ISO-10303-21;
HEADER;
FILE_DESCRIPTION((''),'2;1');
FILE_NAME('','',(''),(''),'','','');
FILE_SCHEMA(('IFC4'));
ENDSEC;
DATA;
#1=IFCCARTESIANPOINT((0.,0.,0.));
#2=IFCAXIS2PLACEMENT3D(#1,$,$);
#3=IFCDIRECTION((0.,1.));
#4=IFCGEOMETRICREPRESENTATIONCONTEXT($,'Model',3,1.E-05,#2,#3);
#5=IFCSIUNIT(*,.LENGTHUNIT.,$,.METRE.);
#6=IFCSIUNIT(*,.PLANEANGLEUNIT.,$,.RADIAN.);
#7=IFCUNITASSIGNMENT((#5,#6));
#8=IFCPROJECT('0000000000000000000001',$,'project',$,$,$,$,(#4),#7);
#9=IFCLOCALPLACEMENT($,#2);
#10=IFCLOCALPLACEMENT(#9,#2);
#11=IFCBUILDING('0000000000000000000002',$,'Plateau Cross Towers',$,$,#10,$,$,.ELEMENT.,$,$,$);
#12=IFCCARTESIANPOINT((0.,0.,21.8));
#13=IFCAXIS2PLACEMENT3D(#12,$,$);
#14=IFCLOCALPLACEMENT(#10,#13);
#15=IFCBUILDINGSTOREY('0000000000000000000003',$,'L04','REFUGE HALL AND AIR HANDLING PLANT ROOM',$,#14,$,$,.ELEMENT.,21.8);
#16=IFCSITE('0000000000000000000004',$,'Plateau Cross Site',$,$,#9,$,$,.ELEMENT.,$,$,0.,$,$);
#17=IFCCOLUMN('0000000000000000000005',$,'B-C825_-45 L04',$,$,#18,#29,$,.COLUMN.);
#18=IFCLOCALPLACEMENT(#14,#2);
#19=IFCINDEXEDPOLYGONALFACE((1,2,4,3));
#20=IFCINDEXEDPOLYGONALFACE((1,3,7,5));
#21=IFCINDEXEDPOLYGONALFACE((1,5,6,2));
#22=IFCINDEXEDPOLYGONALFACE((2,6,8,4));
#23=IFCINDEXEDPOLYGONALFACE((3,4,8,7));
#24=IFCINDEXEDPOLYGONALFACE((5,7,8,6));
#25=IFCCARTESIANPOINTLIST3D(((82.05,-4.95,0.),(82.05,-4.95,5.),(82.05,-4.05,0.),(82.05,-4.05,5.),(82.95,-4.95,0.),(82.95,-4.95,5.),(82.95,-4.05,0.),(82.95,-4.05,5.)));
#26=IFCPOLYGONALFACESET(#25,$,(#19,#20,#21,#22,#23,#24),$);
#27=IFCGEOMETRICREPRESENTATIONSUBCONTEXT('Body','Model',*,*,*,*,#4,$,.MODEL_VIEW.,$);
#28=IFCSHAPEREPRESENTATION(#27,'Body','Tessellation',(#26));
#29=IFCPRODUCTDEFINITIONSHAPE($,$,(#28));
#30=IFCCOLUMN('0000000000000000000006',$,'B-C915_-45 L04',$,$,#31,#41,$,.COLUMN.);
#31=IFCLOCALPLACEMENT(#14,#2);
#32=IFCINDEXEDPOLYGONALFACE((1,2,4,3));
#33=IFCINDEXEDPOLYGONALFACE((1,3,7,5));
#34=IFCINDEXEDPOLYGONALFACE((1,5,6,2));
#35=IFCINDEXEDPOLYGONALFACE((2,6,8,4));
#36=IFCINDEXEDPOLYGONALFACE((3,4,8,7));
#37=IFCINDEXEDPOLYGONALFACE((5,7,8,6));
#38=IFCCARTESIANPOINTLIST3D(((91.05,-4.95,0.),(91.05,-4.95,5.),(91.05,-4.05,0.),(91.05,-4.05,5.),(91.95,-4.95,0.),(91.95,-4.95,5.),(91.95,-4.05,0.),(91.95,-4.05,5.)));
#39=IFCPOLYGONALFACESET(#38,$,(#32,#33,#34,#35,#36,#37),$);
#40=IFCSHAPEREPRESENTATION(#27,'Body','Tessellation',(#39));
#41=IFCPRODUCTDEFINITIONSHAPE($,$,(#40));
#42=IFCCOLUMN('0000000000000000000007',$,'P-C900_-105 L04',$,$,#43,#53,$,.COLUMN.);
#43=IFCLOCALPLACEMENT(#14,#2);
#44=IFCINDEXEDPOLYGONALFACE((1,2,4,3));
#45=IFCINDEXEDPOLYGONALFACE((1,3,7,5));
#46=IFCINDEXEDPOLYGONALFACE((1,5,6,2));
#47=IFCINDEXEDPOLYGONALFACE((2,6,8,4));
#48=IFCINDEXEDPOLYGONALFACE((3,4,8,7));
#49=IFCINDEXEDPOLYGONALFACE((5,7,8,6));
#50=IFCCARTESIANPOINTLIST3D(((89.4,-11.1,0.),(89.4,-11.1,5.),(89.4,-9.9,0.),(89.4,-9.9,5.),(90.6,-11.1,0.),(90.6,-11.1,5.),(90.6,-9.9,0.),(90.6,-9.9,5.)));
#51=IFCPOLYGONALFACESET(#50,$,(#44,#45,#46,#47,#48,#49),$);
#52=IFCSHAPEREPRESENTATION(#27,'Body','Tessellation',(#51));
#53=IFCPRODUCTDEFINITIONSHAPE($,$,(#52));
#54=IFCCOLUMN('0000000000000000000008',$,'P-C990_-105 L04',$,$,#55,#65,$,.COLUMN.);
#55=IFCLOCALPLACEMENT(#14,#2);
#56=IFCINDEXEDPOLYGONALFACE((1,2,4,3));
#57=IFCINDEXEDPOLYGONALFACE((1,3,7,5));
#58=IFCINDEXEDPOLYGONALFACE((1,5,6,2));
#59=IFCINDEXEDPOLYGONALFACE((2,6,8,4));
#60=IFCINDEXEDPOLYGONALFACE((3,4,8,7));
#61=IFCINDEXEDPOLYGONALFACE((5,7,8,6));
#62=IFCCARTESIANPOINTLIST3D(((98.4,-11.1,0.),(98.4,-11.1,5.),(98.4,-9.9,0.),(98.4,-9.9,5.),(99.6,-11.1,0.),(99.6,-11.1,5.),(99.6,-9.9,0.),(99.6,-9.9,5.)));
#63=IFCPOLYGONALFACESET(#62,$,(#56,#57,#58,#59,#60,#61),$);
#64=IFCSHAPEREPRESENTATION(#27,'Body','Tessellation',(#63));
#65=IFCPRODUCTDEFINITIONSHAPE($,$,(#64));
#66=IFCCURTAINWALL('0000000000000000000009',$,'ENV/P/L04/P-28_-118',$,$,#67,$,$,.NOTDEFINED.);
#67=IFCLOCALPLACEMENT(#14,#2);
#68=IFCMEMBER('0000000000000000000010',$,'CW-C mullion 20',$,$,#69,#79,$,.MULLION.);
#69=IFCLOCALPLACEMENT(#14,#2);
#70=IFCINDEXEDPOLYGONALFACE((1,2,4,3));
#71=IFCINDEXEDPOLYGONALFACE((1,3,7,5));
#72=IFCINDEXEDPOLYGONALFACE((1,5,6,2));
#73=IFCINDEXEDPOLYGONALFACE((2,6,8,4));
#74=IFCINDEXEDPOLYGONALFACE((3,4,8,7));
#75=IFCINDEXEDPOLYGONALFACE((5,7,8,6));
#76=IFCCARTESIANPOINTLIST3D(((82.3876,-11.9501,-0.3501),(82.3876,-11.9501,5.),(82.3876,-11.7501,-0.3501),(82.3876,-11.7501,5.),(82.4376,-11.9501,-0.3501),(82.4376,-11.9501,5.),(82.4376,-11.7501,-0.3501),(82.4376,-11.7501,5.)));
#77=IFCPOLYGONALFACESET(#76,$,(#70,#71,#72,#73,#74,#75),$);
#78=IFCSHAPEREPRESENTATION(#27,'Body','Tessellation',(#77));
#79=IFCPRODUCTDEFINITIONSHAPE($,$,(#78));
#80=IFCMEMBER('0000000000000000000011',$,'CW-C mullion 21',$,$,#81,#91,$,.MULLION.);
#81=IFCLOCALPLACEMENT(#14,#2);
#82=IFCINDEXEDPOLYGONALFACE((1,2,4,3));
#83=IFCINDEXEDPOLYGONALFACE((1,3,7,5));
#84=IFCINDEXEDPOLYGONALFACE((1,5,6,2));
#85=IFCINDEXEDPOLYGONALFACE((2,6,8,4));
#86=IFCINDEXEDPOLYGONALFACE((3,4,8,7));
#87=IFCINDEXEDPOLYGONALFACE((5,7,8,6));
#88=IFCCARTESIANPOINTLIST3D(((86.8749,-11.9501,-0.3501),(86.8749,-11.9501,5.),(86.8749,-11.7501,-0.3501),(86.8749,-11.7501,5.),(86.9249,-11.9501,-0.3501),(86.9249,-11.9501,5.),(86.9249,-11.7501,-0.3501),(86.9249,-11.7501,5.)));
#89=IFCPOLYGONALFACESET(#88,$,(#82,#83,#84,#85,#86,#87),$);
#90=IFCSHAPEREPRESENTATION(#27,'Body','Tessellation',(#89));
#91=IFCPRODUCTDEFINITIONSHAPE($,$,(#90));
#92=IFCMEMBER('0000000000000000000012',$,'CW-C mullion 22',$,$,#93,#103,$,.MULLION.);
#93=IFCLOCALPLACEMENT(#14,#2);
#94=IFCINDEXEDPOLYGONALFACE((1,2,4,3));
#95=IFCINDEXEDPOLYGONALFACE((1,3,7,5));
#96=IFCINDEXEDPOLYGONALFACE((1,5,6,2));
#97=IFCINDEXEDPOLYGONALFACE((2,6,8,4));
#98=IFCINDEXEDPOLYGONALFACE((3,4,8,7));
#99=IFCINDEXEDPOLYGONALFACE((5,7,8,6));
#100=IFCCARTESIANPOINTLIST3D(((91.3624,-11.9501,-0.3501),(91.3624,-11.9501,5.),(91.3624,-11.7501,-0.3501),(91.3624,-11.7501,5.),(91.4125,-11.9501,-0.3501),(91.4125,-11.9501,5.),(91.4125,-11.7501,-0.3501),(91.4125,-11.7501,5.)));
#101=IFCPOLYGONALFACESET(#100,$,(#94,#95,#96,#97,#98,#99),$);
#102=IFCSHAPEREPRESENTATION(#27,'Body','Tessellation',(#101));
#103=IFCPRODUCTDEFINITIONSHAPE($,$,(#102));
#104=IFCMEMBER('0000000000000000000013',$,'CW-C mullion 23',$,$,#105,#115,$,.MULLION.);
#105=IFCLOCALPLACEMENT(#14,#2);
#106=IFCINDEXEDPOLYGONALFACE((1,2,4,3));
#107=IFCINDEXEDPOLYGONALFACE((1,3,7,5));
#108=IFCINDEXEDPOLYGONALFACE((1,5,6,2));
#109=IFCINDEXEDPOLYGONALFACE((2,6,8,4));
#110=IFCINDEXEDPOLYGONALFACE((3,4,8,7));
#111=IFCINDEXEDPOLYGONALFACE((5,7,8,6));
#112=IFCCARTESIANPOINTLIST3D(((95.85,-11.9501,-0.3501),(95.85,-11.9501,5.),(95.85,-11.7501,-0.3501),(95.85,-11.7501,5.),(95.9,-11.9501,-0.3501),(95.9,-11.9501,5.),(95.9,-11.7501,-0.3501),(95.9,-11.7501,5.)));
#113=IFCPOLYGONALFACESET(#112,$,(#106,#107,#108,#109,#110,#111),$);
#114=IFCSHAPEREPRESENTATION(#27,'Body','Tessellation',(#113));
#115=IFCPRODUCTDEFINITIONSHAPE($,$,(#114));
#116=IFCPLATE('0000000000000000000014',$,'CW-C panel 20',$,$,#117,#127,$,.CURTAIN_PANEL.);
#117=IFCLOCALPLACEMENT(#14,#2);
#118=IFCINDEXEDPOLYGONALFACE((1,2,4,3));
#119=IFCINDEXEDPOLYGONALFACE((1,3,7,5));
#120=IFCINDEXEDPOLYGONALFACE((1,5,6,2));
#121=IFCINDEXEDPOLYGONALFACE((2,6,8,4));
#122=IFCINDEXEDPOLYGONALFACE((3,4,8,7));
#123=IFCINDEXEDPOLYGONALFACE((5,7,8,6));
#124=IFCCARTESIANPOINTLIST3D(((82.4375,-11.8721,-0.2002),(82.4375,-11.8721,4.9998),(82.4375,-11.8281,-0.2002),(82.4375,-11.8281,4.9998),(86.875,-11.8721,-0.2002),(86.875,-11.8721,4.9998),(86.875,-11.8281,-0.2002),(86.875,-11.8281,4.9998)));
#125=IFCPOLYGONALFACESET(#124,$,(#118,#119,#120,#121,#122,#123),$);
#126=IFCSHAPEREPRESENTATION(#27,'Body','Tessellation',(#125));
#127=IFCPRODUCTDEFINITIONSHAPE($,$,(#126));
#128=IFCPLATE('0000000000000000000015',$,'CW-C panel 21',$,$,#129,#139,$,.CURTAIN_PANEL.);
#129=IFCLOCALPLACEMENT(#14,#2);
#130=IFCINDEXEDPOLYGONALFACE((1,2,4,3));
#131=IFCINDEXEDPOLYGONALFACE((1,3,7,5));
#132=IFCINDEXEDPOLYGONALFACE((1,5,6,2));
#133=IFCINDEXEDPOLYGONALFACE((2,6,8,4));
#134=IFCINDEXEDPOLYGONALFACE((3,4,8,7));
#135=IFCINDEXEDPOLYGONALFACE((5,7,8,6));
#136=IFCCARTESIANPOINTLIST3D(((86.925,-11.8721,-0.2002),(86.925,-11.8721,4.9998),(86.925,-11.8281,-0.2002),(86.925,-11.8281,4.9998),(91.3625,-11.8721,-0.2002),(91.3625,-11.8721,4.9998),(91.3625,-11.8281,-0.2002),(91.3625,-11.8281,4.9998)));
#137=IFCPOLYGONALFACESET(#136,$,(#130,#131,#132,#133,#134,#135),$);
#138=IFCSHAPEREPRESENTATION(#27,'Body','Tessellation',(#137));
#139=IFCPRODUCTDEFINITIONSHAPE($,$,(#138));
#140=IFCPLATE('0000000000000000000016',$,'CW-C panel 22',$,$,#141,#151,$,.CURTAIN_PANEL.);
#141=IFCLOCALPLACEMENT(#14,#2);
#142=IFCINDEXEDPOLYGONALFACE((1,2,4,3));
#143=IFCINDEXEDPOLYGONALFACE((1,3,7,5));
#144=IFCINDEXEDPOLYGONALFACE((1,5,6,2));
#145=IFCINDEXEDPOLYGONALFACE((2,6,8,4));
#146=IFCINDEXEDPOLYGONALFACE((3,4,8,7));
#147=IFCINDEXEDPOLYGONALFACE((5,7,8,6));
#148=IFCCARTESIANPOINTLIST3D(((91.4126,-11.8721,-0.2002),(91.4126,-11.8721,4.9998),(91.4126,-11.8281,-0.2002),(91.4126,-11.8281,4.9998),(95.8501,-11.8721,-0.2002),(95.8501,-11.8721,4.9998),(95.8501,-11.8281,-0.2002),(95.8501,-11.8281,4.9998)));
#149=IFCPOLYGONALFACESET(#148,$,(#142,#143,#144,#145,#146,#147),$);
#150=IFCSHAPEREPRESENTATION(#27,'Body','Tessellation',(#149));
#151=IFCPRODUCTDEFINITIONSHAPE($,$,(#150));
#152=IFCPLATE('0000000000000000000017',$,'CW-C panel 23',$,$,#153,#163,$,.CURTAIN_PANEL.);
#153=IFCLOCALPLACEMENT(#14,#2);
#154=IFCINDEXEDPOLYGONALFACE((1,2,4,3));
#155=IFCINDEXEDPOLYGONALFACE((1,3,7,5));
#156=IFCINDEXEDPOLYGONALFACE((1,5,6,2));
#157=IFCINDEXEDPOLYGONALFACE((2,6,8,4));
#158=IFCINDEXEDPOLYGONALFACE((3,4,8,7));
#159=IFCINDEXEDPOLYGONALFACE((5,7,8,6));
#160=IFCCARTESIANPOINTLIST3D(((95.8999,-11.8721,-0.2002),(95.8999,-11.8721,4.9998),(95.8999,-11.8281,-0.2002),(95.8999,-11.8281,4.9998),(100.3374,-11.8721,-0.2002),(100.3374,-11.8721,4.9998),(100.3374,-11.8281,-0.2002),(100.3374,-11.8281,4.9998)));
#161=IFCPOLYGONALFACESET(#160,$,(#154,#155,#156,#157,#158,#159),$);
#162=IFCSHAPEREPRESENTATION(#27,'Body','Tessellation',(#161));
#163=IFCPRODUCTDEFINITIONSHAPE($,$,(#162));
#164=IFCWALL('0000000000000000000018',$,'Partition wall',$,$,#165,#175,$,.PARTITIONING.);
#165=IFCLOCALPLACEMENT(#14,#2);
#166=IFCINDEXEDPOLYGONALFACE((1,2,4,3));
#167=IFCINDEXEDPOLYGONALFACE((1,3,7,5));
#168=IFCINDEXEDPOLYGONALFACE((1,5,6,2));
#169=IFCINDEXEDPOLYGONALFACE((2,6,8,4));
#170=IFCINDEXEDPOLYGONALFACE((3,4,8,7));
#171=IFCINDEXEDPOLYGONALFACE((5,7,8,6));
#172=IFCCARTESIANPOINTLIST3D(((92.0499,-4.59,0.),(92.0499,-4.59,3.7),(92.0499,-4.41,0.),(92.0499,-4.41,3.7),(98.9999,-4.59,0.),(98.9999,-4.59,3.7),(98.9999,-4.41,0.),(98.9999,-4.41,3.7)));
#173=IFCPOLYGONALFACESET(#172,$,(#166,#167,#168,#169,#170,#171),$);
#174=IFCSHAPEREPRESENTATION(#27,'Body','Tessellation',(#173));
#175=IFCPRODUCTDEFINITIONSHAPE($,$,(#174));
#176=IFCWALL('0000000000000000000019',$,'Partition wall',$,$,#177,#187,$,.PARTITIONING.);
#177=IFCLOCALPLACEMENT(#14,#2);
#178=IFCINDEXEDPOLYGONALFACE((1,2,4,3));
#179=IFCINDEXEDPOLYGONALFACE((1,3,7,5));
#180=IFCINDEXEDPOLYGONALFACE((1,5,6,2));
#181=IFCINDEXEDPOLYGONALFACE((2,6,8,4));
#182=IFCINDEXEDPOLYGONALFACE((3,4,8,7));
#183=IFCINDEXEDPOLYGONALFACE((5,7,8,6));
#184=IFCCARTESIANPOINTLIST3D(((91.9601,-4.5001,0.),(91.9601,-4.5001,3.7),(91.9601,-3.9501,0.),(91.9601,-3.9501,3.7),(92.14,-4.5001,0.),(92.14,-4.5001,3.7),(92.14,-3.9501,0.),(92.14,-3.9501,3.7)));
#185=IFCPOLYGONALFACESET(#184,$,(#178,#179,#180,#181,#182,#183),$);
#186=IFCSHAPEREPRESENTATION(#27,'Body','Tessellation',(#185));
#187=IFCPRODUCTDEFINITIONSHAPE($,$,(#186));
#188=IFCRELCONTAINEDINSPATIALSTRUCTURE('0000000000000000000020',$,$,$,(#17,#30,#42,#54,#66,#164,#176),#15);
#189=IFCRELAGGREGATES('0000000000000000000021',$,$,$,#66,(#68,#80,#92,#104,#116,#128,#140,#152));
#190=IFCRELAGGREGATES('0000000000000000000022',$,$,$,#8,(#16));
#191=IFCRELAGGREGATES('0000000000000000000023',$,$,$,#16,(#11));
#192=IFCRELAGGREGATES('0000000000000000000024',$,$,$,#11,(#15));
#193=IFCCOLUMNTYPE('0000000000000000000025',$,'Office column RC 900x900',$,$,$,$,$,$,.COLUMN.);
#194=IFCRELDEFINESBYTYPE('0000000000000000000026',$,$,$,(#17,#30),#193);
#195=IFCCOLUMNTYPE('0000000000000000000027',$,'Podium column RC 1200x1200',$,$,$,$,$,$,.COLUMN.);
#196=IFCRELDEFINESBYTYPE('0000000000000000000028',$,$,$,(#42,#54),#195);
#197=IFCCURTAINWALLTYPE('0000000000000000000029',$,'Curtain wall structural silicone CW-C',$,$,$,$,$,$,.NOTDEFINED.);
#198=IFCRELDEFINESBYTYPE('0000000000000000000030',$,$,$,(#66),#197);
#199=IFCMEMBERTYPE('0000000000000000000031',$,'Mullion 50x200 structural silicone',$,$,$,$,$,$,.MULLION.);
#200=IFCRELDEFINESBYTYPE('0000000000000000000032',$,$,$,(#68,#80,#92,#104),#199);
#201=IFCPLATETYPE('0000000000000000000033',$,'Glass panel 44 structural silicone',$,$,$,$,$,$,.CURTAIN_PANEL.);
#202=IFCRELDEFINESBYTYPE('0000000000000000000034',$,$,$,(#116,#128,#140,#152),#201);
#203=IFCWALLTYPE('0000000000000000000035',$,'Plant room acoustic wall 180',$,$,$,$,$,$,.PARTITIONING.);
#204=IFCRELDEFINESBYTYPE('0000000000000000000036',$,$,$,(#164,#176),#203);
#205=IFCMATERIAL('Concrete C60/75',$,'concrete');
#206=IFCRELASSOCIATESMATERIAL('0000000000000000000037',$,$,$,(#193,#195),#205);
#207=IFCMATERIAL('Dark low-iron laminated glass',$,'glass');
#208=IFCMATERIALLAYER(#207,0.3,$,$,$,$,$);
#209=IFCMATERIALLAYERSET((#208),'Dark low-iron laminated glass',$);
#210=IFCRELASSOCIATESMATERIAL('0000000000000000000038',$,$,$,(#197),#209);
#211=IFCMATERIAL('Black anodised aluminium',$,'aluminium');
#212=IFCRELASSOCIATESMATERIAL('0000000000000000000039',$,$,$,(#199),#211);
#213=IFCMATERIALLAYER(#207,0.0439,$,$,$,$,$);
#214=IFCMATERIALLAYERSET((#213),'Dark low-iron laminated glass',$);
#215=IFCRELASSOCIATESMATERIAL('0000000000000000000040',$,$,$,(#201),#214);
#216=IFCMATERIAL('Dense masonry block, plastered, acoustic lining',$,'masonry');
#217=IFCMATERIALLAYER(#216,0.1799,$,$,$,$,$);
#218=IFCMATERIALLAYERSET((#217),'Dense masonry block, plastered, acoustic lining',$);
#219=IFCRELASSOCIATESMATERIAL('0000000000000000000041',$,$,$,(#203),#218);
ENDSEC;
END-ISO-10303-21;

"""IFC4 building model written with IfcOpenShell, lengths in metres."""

from ifc_helpers import new_model, si_unit, direction, frame, frame_2d, origin, origin_2d, place, context, subcontext, project, spatial, rectangle, extrude, material, layer, layer_set, material_profile, profile_set, type_object, element, aggregate, save


model = new_model("IFC4")

# Units and contexts
model_context = context("Model", 3, precision=1e-05, world=origin(), true_north=direction((0.0, 1.0)))
body_context = subcontext(model_context, "Body", "Model", "MODEL_VIEW")
ifc_project = project(units=[si_unit("LENGTHUNIT", "METRE"), si_unit("PLANEANGLEUNIT", "RADIAN")], contexts=[model_context])

# Site, building, storey
site_placement = place(None, origin())
site = spatial("IfcSite", under=ifc_project, at=site_placement, Name="Plateau Cross Site", CompositionType="ELEMENT", RefElevation=0.0)
building_placement = place(site_placement, origin())
building = spatial("IfcBuilding", under=site, at=building_placement, Name="Plateau Cross Towers", CompositionType="ELEMENT")
storey_placement = place(building_placement, frame((0.0, 0.0, 21.8)))
storey = spatial("IfcBuildingStorey", under=building, at=storey_placement, Name="L04", Description="REFUGE HALL AND AIR HANDLING PLANT ROOM", CompositionType="ELEMENT", Elevation=21.8)

# Columns
ifc_material_1 = material(Name="Concrete C60/75", Category="concrete")
ifc_material_profile_1 = material_profile(ifc_material_1, rectangle(XDim=0.8999, YDim=0.8999, at=origin_2d()), Name="RC 900x900")
ifc_profile_set_1 = profile_set([ifc_material_profile_1], Name="Concrete C60/75")
column_type_1 = type_object("IfcColumnType", Name="Office column RC 900x900", PredefinedType="COLUMN", material=ifc_profile_set_1)
for number, where, z_axis, x_axis, name in (
    (1, (82.5, -4.5, 0.0), (0.0, 0.0, 1.0), (1.0, 0.0, 0.0), "B-C825_-45 L04"),
    (2, (91.5, -4.5, 0.0), (0.0, 0.0, 1.0), (1.0, 0.0, 0.0), "B-C915_-45 L04"),
):
    element("IfcColumn", number, at=place(storey_placement, frame(where, z_axis=z_axis, x_axis=x_axis)), inside=storey, type_object=column_type_1, Name=name, PredefinedType="COLUMN", context=body_context, shape_type="SweptSolid", body=[
        extrude(rectangle(XDim=0.8999, YDim=0.8999, at=origin_2d()), origin(), (0.0, 0.0, 1.0), 5.0),
    ])
ifc_material_profile_2 = material_profile(ifc_material_1, rectangle(XDim=1.2, YDim=1.2, at=origin_2d()), Name="RC 1200x1200")
ifc_profile_set_2 = profile_set([ifc_material_profile_2], Name="Concrete C60/75")
column_type_2 = type_object("IfcColumnType", Name="Podium column RC 1200x1200", PredefinedType="COLUMN", material=ifc_profile_set_2)
for number, where, z_axis, x_axis, name in (
    (3, (90.0, -10.5, 0.0), (0.0, 0.0, 1.0), (1.0, 0.0, 0.0), "P-C900_-105 L04"),
    (4, (99.0, -10.5, 0.0), (0.0, 0.0, 1.0), (1.0, 0.0, 0.0), "P-C990_-105 L04"),
):
    element("IfcColumn", number, at=place(storey_placement, frame(where, z_axis=z_axis, x_axis=x_axis)), inside=storey, type_object=column_type_2, Name=name, PredefinedType="COLUMN", context=body_context, shape_type="SweptSolid", body=[
        extrude(rectangle(XDim=1.2, YDim=1.2, at=origin_2d()), origin(), (0.0, 0.0, 1.0), 5.0),
    ])

# Curtain wall, members, plates
ifc_material_2 = material(Name="Dark low-iron laminated glass", Category="glass")
ifc_layer_1 = layer(ifc_material_2, 0.3)
ifc_layer_set_1 = layer_set([ifc_layer_1], Name="Dark low-iron laminated glass")
curtain_wall_type = type_object("IfcCurtainWallType", Name="Curtain wall structural silicone CW-C", PredefinedType="NOTDEFINED", material=ifc_layer_set_1)
curtain_wall_placement = place(storey_placement, origin())
curtain_wall = element("IfcCurtainWall", 5, at=curtain_wall_placement, inside=storey, type_object=curtain_wall_type, Name="ENV/P/L04/P-28_-118", PredefinedType="NOTDEFINED")
ifc_material_3 = material(Name="Black anodised aluminium", Category="aluminium")
ifc_material_profile_3 = material_profile(ifc_material_3, rectangle(XDim=0.05, YDim=0.2, at=origin_2d()), Name="MULLION 50x200")
ifc_profile_set_3 = profile_set([ifc_material_profile_3], Name="Black anodised aluminium")
member_type = type_object("IfcMemberType", Name="Mullion 50x200 structural silicone", PredefinedType="MULLION", material=ifc_profile_set_3)
member_1_placement = place(storey_placement, frame((82.4126, -11.8501, -0.3501), z_axis=(0.0, 0.0, 1.0), x_axis=(1.0, 0.0, 0.0)))
member_1 = element("IfcMember", 6, at=member_1_placement, type_object=member_type, Name="CW-C mullion 20", PredefinedType="MULLION", context=body_context, shape_type="SweptSolid", body=[
    extrude(rectangle(XDim=0.05, YDim=0.2, at=origin_2d()), origin(), (0.0, 0.0, 1.0), 5.3501),
])
member_2_placement = place(storey_placement, frame((86.8999, -11.8501, -0.3501), z_axis=(0.0, 0.0, 1.0), x_axis=(1.0, 0.0, 0.0)))
member_2 = element("IfcMember", 7, at=member_2_placement, type_object=member_type, Name="CW-C mullion 21", PredefinedType="MULLION", context=body_context, shape_type="SweptSolid", body=[
    extrude(rectangle(XDim=0.05, YDim=0.2, at=origin_2d()), origin(), (0.0, 0.0, 1.0), 5.3501),
])
member_3_placement = place(storey_placement, frame((91.3875, -11.8501, -0.3501), z_axis=(0.0, 0.0, 1.0), x_axis=(1.0, 0.0, 0.0)))
member_3 = element("IfcMember", 8, at=member_3_placement, type_object=member_type, Name="CW-C mullion 22", PredefinedType="MULLION", context=body_context, shape_type="SweptSolid", body=[
    extrude(rectangle(XDim=0.05, YDim=0.2, at=origin_2d()), origin(), (0.0, 0.0, 1.0), 5.3501),
])
member_4_placement = place(storey_placement, frame((95.875, -11.8501, -0.3501), z_axis=(0.0, 0.0, 1.0), x_axis=(1.0, 0.0, 0.0)))
member_4 = element("IfcMember", 9, at=member_4_placement, type_object=member_type, Name="CW-C mullion 23", PredefinedType="MULLION", context=body_context, shape_type="SweptSolid", body=[
    extrude(rectangle(XDim=0.05, YDim=0.2, at=origin_2d()), origin(), (0.0, 0.0, 1.0), 5.3501),
])
ifc_layer_2 = layer(ifc_material_2, 0.0439)
ifc_layer_set_2 = layer_set([ifc_layer_2], Name="Dark low-iron laminated glass")
plate_type = type_object("IfcPlateType", Name="Glass panel 44 structural silicone", PredefinedType="CURTAIN_PANEL", material=ifc_layer_set_2)
plate_1_placement = place(storey_placement, frame((84.6562, -11.8501, -0.2002), z_axis=(0.0, 0.0, 1.0), x_axis=(1.0, 0.0, 0.0)))
plate_1 = element("IfcPlate", 10, at=plate_1_placement, type_object=plate_type, Name="CW-C panel 20", PredefinedType="CURTAIN_PANEL", context=body_context, shape_type="SweptSolid", body=[
    extrude(rectangle(XDim=4.4375, YDim=0.0439, at=origin_2d()), origin(), (0.0, 0.0, 1.0), 5.2),
])
plate_2_placement = place(storey_placement, frame((89.1438, -11.8501, -0.2002), z_axis=(0.0, 0.0, 1.0), x_axis=(1.0, 0.0, 0.0)))
plate_2 = element("IfcPlate", 11, at=plate_2_placement, type_object=plate_type, Name="CW-C panel 21", PredefinedType="CURTAIN_PANEL", context=body_context, shape_type="SweptSolid", body=[
    extrude(rectangle(XDim=4.4375, YDim=0.0439, at=origin_2d()), origin(), (0.0, 0.0, 1.0), 5.2),
])
plate_3_placement = place(storey_placement, frame((93.6313, -11.8501, -0.2002), z_axis=(0.0, 0.0, 1.0), x_axis=(1.0, 0.0, 0.0)))
plate_3 = element("IfcPlate", 12, at=plate_3_placement, type_object=plate_type, Name="CW-C panel 22", PredefinedType="CURTAIN_PANEL", context=body_context, shape_type="SweptSolid", body=[
    extrude(rectangle(XDim=4.4375, YDim=0.0439, at=origin_2d()), origin(), (0.0, 0.0, 1.0), 5.2),
])
plate_4_placement = place(storey_placement, frame((98.1187, -11.8501, -0.2002), z_axis=(0.0, 0.0, 1.0), x_axis=(1.0, 0.0, 0.0)))
plate_4 = element("IfcPlate", 13, at=plate_4_placement, type_object=plate_type, Name="CW-C panel 23", PredefinedType="CURTAIN_PANEL", context=body_context, shape_type="SweptSolid", body=[
    extrude(rectangle(XDim=4.4375, YDim=0.0439, at=origin_2d()), origin(), (0.0, 0.0, 1.0), 5.2),
])
aggregate(curtain_wall, [member_1, member_2, member_3, member_4, plate_1, plate_2, plate_3, plate_4])

# Walls
ifc_material_4 = material(Name="Dense masonry block, plastered, acoustic lining", Category="masonry")
ifc_layer_3 = layer(ifc_material_4, 0.1799)
ifc_layer_set_3 = layer_set([ifc_layer_3], Name="Dense masonry block, plastered, acoustic lining")
wall_type = type_object("IfcWallType", Name="Plant room acoustic wall 180", PredefinedType="PARTITIONING", material=ifc_layer_set_3)
wall_1_placement = place(storey_placement, frame((99.0, -4.5, 0.0), z_axis=(0.0, 0.0, 1.0), x_axis=(-1.0, 0.0, 0.0)))
element("IfcWall", 14, at=wall_1_placement, inside=storey, type_object=wall_type, Name="Partition wall", PredefinedType="PARTITIONING", context=body_context, shape_type="SweptSolid", body=[
    extrude(rectangle(XDim=6.95, YDim=0.1799, at=frame_2d((3.4751, 0.0))), origin(), (0.0, 0.0, 1.0), 3.7),
])
wall_2_placement = place(storey_placement, frame((92.05, -4.5, 0.0), z_axis=(0.0, 0.0, 1.0), x_axis=(0.0, 1.0, 0.0)))
element("IfcWall", 15, at=wall_2_placement, inside=storey, type_object=wall_type, Name="Partition wall", PredefinedType="PARTITIONING", context=body_context, shape_type="SweptSolid", body=[
    extrude(rectangle(XDim=0.55, YDim=0.1799, at=frame_2d((0.2749, 0.0))), origin(), (0.0, 0.0, 1.0), 3.7),
])

save(model, "model.ifc")
